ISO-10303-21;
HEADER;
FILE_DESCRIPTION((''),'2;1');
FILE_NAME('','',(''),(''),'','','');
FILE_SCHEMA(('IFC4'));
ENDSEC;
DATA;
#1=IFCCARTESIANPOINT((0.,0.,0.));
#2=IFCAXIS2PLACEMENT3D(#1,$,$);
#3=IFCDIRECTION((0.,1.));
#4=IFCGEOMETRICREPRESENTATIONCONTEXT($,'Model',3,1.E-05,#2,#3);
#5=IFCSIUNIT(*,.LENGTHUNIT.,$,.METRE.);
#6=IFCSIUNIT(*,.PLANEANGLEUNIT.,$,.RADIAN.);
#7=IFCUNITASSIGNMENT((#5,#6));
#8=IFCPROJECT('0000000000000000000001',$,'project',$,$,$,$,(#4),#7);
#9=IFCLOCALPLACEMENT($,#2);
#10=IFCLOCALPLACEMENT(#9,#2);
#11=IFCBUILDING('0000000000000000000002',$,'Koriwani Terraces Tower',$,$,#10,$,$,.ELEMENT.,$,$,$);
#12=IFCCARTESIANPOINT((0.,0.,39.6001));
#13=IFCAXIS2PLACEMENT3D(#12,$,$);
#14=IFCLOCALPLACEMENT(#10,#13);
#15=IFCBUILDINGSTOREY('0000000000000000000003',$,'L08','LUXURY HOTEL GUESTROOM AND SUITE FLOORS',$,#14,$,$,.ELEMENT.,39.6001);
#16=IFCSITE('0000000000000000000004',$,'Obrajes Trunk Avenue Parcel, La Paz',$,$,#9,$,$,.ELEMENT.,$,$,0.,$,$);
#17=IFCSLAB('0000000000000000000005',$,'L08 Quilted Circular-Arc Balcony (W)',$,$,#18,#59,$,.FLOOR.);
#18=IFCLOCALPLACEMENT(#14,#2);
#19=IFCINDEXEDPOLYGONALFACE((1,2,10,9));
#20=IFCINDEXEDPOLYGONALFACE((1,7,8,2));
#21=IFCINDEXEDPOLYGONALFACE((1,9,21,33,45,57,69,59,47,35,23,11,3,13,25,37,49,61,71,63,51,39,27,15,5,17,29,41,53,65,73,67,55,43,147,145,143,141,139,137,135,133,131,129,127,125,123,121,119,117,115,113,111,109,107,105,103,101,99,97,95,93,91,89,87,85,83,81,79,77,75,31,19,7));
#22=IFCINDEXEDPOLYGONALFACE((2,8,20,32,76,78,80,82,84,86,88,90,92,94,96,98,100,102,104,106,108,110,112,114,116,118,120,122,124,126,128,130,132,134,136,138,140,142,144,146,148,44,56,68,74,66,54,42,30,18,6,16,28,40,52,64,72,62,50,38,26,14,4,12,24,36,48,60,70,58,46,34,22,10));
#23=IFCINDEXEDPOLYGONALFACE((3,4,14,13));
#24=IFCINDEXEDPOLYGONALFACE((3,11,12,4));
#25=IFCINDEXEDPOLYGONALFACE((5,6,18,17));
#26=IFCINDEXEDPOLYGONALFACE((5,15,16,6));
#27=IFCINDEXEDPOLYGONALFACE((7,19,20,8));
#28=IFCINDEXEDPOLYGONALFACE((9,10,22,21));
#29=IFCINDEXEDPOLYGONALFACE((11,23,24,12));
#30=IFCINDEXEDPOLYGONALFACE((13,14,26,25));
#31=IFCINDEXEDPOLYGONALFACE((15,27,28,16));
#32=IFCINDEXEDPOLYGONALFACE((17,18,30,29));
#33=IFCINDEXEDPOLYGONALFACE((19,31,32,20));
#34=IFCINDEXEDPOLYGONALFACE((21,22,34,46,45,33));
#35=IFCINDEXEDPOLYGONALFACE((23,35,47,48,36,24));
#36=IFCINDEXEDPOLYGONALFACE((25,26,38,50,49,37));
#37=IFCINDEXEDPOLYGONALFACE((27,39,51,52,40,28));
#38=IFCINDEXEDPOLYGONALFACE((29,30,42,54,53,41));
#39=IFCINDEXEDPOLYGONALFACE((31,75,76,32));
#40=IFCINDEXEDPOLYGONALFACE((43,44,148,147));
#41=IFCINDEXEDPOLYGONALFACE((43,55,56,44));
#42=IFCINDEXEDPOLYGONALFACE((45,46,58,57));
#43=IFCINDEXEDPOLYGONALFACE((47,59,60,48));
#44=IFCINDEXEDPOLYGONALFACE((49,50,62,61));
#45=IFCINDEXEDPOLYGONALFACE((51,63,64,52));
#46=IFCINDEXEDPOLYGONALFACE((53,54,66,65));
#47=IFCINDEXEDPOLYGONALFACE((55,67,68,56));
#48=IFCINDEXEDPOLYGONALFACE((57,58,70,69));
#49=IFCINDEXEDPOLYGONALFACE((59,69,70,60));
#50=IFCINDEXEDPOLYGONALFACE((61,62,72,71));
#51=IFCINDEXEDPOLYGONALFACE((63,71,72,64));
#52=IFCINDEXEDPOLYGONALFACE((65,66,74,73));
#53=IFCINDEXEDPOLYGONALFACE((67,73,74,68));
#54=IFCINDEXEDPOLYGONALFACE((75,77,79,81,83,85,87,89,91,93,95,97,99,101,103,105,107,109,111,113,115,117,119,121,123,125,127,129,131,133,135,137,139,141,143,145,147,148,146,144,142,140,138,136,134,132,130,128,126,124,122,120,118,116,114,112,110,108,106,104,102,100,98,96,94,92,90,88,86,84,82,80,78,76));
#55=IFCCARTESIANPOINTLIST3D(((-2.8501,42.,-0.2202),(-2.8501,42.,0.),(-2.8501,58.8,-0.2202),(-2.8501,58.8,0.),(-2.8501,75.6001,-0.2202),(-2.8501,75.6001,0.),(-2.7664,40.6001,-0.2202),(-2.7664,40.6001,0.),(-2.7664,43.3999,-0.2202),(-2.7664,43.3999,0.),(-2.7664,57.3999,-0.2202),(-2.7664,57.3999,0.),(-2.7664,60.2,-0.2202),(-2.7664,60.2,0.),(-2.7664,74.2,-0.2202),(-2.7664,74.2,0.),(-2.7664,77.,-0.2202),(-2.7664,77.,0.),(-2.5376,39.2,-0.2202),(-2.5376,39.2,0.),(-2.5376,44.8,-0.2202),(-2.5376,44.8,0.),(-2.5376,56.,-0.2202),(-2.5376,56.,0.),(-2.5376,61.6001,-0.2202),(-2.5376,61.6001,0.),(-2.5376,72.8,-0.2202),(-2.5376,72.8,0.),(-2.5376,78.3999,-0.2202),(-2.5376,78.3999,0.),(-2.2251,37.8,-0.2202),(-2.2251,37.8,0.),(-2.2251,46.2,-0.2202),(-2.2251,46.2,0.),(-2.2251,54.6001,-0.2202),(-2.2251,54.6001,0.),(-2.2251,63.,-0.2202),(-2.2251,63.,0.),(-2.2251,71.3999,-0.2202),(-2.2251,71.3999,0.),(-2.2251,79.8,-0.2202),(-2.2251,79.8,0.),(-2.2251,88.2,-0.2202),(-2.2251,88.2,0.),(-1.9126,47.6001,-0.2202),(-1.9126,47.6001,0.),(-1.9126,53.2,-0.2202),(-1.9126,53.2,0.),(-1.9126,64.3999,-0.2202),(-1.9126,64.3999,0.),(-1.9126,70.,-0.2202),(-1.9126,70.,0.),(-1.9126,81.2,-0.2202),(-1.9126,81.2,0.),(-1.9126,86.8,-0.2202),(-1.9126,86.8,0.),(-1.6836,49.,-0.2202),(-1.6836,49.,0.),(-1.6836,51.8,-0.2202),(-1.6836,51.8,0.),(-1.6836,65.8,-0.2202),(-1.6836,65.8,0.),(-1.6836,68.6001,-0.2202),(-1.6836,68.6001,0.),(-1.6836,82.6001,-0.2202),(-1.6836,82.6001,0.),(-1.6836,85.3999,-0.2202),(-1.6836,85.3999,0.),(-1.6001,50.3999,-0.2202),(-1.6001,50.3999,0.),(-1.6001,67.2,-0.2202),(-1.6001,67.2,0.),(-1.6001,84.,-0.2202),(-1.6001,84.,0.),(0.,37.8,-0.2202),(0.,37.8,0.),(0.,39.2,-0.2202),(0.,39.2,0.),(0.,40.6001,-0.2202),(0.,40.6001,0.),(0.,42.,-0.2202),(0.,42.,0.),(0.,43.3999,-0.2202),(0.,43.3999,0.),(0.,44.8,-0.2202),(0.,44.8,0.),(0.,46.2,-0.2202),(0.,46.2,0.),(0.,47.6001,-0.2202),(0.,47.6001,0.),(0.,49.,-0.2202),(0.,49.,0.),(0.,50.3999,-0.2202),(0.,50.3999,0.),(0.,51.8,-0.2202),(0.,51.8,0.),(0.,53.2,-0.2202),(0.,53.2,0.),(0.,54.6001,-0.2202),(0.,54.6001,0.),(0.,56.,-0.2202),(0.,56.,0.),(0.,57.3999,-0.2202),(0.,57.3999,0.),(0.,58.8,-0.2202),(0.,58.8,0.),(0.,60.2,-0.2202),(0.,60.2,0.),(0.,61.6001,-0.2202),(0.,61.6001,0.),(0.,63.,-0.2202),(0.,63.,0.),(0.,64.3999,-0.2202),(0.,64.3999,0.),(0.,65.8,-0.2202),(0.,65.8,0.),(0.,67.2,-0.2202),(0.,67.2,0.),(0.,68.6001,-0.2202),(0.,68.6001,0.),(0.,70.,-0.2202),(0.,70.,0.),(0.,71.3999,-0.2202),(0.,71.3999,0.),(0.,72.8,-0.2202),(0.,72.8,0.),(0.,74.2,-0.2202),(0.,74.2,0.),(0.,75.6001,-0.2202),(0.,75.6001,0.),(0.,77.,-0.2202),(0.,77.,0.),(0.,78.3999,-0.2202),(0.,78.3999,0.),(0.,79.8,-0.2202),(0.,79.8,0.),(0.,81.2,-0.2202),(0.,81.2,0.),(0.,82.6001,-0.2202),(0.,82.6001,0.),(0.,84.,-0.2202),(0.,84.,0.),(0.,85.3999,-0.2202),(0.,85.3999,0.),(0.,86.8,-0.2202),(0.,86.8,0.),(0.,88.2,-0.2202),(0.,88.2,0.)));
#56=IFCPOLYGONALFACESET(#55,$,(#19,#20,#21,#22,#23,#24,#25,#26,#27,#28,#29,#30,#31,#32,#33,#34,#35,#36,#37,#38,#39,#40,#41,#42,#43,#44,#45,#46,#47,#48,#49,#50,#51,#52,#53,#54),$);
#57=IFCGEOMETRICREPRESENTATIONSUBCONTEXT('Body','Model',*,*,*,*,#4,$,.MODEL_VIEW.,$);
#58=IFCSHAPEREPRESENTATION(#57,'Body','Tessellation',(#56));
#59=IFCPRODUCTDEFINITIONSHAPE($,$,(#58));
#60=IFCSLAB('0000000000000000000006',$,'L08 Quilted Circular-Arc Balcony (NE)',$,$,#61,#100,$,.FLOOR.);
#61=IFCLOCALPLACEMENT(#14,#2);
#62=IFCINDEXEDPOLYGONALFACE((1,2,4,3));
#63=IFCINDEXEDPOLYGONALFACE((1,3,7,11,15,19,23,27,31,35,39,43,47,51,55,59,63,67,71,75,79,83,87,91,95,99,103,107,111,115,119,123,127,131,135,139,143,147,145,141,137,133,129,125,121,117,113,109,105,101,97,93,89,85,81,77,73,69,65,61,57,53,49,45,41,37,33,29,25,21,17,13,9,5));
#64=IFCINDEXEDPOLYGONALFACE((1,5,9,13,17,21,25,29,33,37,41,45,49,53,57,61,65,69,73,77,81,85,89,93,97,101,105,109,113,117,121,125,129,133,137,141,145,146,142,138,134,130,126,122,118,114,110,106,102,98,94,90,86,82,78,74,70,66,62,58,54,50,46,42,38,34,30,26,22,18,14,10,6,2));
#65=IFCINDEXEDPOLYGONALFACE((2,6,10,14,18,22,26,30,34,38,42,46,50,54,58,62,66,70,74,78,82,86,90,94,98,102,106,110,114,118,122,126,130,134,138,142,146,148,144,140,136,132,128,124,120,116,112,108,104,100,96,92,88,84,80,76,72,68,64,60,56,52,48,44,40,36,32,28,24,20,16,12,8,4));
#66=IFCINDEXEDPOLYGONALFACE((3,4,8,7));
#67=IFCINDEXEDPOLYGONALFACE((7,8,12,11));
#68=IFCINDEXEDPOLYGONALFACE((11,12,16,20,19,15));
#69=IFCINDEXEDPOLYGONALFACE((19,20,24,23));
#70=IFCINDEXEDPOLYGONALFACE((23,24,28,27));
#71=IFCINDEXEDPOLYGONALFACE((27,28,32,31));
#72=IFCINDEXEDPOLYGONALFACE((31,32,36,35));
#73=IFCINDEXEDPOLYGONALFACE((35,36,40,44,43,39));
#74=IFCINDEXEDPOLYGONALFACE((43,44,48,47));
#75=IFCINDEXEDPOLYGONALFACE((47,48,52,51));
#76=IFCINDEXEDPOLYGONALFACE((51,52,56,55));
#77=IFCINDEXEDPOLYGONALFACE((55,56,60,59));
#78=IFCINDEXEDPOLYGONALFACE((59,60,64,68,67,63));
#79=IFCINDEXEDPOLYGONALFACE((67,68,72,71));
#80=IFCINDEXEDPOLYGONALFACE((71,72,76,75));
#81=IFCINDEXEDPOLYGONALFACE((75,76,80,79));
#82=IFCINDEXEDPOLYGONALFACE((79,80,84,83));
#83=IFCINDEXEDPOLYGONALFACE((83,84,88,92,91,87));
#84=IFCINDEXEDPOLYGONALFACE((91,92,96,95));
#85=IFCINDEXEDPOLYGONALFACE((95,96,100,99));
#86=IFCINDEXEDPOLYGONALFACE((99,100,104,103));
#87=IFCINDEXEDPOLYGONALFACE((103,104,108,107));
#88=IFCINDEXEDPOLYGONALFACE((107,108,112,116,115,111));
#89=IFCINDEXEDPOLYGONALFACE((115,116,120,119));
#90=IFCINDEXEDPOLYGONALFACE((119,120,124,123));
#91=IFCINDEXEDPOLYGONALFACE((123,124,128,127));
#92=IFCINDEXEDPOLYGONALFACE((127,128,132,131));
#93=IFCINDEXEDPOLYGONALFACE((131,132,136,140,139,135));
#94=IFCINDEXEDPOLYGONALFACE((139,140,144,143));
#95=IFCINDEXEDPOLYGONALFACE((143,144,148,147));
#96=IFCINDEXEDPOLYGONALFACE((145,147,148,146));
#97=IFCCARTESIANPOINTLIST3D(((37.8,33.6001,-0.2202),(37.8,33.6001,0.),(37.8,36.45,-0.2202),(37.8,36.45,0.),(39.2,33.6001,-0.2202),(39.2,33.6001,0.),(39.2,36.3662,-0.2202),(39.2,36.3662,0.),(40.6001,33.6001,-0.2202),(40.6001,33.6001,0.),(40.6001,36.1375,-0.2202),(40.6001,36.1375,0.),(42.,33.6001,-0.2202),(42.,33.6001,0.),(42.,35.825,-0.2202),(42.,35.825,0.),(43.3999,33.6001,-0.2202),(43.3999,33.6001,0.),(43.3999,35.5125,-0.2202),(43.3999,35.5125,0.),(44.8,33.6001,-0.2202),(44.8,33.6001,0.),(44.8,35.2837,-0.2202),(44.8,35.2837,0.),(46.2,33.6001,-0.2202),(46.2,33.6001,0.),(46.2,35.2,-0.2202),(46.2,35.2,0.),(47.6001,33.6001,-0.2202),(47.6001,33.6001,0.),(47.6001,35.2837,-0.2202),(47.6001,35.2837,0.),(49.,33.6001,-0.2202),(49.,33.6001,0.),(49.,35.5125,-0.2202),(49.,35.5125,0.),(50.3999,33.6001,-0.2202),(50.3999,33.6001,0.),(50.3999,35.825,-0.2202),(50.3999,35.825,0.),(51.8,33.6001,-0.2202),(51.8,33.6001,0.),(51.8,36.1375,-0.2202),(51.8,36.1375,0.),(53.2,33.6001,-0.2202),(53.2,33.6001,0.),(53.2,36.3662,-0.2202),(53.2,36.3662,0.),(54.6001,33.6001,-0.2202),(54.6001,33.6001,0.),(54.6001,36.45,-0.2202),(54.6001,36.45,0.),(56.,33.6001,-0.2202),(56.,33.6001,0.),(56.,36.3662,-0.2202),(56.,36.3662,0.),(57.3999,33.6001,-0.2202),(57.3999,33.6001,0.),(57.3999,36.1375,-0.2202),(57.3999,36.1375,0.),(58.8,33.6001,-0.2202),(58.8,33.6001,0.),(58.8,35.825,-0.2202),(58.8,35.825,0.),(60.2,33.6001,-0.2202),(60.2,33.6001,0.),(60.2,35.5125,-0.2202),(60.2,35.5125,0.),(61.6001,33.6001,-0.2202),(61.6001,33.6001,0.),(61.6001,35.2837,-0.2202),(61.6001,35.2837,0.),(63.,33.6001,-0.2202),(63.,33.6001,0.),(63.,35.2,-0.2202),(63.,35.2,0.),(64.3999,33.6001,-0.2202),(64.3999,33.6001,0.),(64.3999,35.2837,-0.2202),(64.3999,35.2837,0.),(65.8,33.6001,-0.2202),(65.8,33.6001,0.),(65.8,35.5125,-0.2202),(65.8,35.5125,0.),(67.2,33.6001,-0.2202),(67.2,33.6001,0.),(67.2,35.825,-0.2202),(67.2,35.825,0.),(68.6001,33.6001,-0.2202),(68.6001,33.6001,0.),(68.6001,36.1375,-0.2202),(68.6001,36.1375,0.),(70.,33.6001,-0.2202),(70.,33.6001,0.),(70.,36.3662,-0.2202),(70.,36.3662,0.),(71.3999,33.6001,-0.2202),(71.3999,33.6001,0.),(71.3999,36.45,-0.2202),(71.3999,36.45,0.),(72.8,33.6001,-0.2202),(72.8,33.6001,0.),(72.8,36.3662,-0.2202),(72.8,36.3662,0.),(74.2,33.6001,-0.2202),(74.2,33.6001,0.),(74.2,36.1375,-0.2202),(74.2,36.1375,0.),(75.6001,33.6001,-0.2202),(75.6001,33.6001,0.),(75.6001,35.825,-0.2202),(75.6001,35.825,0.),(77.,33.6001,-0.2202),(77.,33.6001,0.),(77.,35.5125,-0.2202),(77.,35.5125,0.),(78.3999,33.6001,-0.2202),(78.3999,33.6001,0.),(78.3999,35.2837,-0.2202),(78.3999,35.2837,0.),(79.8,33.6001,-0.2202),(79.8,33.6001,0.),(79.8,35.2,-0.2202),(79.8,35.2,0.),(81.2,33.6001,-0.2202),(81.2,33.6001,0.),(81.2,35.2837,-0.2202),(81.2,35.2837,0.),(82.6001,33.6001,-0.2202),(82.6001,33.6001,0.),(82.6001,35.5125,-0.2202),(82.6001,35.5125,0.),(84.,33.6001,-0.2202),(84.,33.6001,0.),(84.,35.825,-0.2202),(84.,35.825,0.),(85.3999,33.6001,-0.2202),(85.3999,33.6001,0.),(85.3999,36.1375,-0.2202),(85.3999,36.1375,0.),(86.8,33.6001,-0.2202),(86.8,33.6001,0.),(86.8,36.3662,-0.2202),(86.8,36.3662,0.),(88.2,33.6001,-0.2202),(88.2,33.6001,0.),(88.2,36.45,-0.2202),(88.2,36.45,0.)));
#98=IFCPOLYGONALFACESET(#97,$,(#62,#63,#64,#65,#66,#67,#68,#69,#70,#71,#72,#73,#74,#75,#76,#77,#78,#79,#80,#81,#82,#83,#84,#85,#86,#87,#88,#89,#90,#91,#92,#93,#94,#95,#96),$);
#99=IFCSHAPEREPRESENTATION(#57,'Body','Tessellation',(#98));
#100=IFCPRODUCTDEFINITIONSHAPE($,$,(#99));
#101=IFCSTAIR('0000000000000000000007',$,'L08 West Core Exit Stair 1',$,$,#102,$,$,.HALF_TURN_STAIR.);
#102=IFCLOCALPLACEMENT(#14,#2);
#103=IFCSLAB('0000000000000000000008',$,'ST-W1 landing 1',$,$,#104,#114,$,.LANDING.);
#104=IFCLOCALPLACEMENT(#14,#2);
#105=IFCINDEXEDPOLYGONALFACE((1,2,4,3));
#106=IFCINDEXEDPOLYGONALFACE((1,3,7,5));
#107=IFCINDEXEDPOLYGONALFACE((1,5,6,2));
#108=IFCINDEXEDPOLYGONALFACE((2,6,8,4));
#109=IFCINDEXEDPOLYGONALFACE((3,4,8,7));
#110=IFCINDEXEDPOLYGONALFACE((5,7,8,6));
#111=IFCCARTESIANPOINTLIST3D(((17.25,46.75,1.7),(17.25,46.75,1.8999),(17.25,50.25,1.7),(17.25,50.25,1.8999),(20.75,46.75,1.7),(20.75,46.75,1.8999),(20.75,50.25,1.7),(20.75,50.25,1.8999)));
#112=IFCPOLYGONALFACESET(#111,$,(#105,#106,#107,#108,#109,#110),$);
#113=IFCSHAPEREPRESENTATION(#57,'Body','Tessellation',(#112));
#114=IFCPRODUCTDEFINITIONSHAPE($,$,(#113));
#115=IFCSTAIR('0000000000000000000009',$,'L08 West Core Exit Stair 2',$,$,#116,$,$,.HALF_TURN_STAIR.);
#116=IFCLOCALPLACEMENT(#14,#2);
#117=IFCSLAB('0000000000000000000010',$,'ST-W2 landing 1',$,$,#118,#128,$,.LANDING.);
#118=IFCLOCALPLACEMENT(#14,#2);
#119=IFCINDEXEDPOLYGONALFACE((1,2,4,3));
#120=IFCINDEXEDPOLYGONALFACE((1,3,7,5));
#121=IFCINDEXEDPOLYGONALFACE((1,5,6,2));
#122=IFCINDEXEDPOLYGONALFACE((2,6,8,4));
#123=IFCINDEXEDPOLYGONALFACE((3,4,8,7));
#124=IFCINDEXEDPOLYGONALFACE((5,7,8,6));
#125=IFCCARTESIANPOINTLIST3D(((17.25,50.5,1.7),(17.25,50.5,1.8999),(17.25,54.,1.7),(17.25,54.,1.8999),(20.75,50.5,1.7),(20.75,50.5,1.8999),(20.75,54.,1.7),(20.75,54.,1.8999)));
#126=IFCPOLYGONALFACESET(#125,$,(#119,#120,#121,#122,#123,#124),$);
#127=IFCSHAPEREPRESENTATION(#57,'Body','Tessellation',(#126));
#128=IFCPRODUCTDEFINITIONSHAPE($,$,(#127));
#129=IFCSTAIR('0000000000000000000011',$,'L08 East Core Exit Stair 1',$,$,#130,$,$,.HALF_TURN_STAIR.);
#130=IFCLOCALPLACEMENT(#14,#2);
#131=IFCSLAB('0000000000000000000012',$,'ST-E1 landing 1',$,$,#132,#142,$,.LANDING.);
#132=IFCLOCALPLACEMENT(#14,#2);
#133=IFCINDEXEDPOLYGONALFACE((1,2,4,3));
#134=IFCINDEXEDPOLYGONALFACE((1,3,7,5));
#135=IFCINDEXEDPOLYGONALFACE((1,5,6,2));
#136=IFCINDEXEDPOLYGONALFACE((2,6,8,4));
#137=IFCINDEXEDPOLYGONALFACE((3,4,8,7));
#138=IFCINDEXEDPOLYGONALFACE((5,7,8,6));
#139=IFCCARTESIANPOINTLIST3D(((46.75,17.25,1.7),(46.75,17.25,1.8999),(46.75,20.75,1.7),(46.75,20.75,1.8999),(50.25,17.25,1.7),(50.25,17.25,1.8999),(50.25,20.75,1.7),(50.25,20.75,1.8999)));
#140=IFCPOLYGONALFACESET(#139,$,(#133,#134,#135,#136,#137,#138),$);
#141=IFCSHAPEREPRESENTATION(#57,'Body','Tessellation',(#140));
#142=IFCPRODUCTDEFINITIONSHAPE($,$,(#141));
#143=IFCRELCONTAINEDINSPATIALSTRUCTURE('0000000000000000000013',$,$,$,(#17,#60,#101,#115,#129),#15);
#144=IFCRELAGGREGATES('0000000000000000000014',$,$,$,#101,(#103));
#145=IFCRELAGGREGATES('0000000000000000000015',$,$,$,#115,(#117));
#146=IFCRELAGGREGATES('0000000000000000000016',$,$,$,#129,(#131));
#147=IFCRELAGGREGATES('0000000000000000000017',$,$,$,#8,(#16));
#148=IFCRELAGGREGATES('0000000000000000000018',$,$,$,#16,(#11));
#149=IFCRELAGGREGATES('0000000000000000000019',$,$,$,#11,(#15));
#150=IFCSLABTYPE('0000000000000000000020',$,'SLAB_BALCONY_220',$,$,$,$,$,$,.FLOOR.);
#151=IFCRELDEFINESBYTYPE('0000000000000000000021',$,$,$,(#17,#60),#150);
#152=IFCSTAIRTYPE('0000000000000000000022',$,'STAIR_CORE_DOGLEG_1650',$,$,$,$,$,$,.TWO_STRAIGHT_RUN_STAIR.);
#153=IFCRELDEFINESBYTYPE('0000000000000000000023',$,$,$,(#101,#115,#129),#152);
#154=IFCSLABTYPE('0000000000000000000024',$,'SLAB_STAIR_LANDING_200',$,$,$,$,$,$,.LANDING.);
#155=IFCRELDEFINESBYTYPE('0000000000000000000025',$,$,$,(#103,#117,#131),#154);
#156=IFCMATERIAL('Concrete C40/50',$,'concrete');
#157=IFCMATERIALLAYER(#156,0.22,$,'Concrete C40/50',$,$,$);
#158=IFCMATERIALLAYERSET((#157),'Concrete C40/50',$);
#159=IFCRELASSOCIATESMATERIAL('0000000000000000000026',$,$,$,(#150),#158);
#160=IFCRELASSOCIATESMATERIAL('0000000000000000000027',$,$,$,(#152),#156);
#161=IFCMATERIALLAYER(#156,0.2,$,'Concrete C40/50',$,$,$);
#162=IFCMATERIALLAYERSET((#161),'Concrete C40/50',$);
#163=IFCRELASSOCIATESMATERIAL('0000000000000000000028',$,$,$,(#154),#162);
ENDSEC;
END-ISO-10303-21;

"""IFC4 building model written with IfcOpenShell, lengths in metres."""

from ifc_helpers import new_model, si_unit, direction, frame, origin, place, context, subcontext, project, spatial, polyline, outline, extrude, material, layer, layer_set, type_object, element, aggregate, save


model = new_model("IFC4")

# Units and contexts
model_context = context("Model", 3, precision=1e-05, world=origin(), true_north=direction((0.0, 1.0)))
body_context = subcontext(model_context, "Body", "Model", "MODEL_VIEW")
ifc_project = project(units=[si_unit("LENGTHUNIT", "METRE"), si_unit("PLANEANGLEUNIT", "RADIAN")], contexts=[model_context])

# Site, building, storey
site_placement = place(None, origin())
site = spatial("IfcSite", under=ifc_project, at=site_placement, Name="Obrajes Trunk Avenue Parcel, La Paz", CompositionType="ELEMENT", RefElevation=0.0)
building_placement = place(site_placement, origin())
building = spatial("IfcBuilding", under=site, at=building_placement, Name="Koriwani Terraces Tower", CompositionType="ELEMENT")
storey_placement = place(building_placement, frame((0.0, 0.0, 39.6001)))
storey = spatial("IfcBuildingStorey", under=building, at=storey_placement, Name="L08", Description="LUXURY HOTEL GUESTROOM AND SUITE FLOORS", CompositionType="ELEMENT", Elevation=39.6001)

# Slabs
ifc_material_1 = material(Name="Concrete C40/50", Category="concrete")
ifc_layer_1 = layer(ifc_material_1, 0.22, Name="Concrete C40/50")
ifc_layer_set_1 = layer_set([ifc_layer_1], Name="Concrete C40/50")
slab_type_1 = type_object("IfcSlabType", Name="SLAB_BALCONY_220", PredefinedType="FLOOR", material=ifc_layer_set_1)
slab_1_placement = place(storey_placement, frame((0.0, 0.0, -0.2202)))
element("IfcSlab", 1, at=slab_1_placement, inside=storey, type_object=slab_type_1, Name="L08 Quilted Circular-Arc Balcony (W)", PredefinedType="FLOOR", context=body_context, shape_type="SweptSolid", body=[
    extrude(outline(polyline([(0.0, 37.8), (0.0, 39.2), (0.0, 40.6001), (0.0, 42.0), (0.0, 43.3999), (0.0, 44.8), (0.0, 46.2), (0.0, 47.6001), (0.0, 49.0), (0.0, 50.3999), (0.0, 51.8), (0.0, 53.2), (0.0, 54.6001), (0.0, 56.0), (0.0, 57.3999), (0.0, 58.8), (0.0, 60.2), (0.0, 61.6001), (0.0, 63.0), (0.0, 64.3999), (0.0, 65.8), (0.0, 67.2), (0.0, 68.6001), (0.0, 70.0), (0.0, 71.3999), (0.0, 72.8), (0.0, 74.2), (0.0, 75.6001), (0.0, 77.0), (0.0, 78.3999), (0.0, 79.8), (0.0, 81.2), (0.0, 82.6001), (0.0, 84.0), (0.0, 85.3999), (0.0, 86.8), (0.0, 88.2), (-2.2251, 88.2), (-1.9126, 86.8), (-1.6836, 85.3999), (-1.6001, 84.0), (-1.6836, 82.6001), (-1.9126, 81.2), (-2.2251, 79.8), (-2.5376, 78.3999), (-2.7664, 77.0), (-2.8501, 75.6001), (-2.7664, 74.2), (-2.5376, 72.8), (-2.2251, 71.3999), (-1.9126, 70.0), (-1.6836, 68.6001), (-1.6001, 67.2), (-1.6836, 65.8), (-1.9126, 64.3999), (-2.2251, 63.0), (-2.5376, 61.6001), (-2.7664, 60.2), (-2.8501, 58.8), (-2.7664, 57.3999), (-2.5376, 56.0), (-2.2251, 54.6001), (-1.9126, 53.2), (-1.6836, 51.8), (-1.6001, 50.3999), (-1.6836, 49.0), (-1.9126, 47.6001), (-2.2251, 46.2), (-2.5376, 44.8), (-2.7664, 43.3999), (-2.8501, 42.0), (-2.7664, 40.6001), (-2.5376, 39.2), (-2.2251, 37.8), (0.0, 37.8)])), origin(), (0.0, 0.0, 1.0), 0.2202),
])
slab_2_placement = place(storey_placement, frame((0.0, 0.0, -0.2202)))
element("IfcSlab", 2, at=slab_2_placement, inside=storey, type_object=slab_type_1, Name="L08 Quilted Circular-Arc Balcony (NE)", PredefinedType="FLOOR", context=body_context, shape_type="SweptSolid", body=[
    extrude(outline(polyline([(88.2, 33.6001), (86.8, 33.6001), (85.3999, 33.6001), (84.0, 33.6001), (82.6001, 33.6001), (81.2, 33.6001), (79.8, 33.6001), (78.3999, 33.6001), (77.0, 33.6001), (75.6001, 33.6001), (74.2, 33.6001), (72.8, 33.6001), (71.3999, 33.6001), (70.0, 33.6001), (68.6001, 33.6001), (67.2, 33.6001), (65.8, 33.6001), (64.3999, 33.6001), (63.0, 33.6001), (61.6001, 33.6001), (60.2, 33.6001), (58.8, 33.6001), (57.3999, 33.6001), (56.0, 33.6001), (54.6001, 33.6001), (53.2, 33.6001), (51.8, 33.6001), (50.3999, 33.6001), (49.0, 33.6001), (47.6001, 33.6001), (46.2, 33.6001), (44.8, 33.6001), (43.3999, 33.6001), (42.0, 33.6001), (40.6001, 33.6001), (39.2, 33.6001), (37.8, 33.6001), (37.8, 36.45), (39.2, 36.3662), (40.6001, 36.1375), (42.0, 35.825), (43.3999, 35.5125), (44.8, 35.2837), (46.2, 35.2), (47.6001, 35.2837), (49.0, 35.5125), (50.3999, 35.825), (51.8, 36.1375), (53.2, 36.3662), (54.6001, 36.45), (56.0, 36.3662), (57.3999, 36.1375), (58.8, 35.825), (60.2, 35.5125), (61.6001, 35.2837), (63.0, 35.2), (64.3999, 35.2837), (65.8, 35.5125), (67.2, 35.825), (68.6001, 36.1375), (70.0, 36.3662), (71.3999, 36.45), (72.8, 36.3662), (74.2, 36.1375), (75.6001, 35.825), (77.0, 35.5125), (78.3999, 35.2837), (79.8, 35.2), (81.2, 35.2837), (82.6001, 35.5125), (84.0, 35.825), (85.3999, 36.1375), (86.8, 36.3662), (88.2, 36.45), (88.2, 33.6001)])), origin(), (0.0, 0.0, 1.0), 0.2202),
])

# Stairs, slabs
stair_type = type_object("IfcStairType", Name="STAIR_CORE_DOGLEG_1650", PredefinedType="TWO_STRAIGHT_RUN_STAIR", material=ifc_material_1)
stair_1_placement = place(storey_placement, origin())
stair_1 = element("IfcStair", 3, at=stair_1_placement, inside=storey, type_object=stair_type, Name="L08 West Core Exit Stair 1", PredefinedType="HALF_TURN_STAIR")
ifc_layer_2 = layer(ifc_material_1, 0.2, Name="Concrete C40/50")
ifc_layer_set_2 = layer_set([ifc_layer_2], Name="Concrete C40/50")
slab_type_2 = type_object("IfcSlabType", Name="SLAB_STAIR_LANDING_200", PredefinedType="LANDING", material=ifc_layer_set_2)
slab_3_placement = place(storey_placement, frame((0.0, 0.0, 1.7)))
slab_3 = element("IfcSlab", 4, at=slab_3_placement, type_object=slab_type_2, Name="ST-W1 landing 1", PredefinedType="LANDING", context=body_context, shape_type="SweptSolid", body=[
    extrude(outline(polyline([(20.75, 46.75), (20.75, 50.25), (17.25, 50.25), (17.25, 46.75), (20.75, 46.75)])), origin(), (0.0, 0.0, 1.0), 0.2),
])
aggregate(stair_1, [slab_3])
stair_2_placement = place(storey_placement, origin())
stair_2 = element("IfcStair", 5, at=stair_2_placement, inside=storey, type_object=stair_type, Name="L08 West Core Exit Stair 2", PredefinedType="HALF_TURN_STAIR")
slab_4_placement = place(storey_placement, frame((0.0, 0.0, 1.7)))
slab_4 = element("IfcSlab", 6, at=slab_4_placement, type_object=slab_type_2, Name="ST-W2 landing 1", PredefinedType="LANDING", context=body_context, shape_type="SweptSolid", body=[
    extrude(outline(polyline([(17.25, 54.0), (17.25, 50.5), (20.75, 50.5), (20.75, 54.0), (17.25, 54.0)])), origin(), (0.0, 0.0, 1.0), 0.2),
])
aggregate(stair_2, [slab_4])
stair_3_placement = place(storey_placement, origin())
stair_3 = element("IfcStair", 7, at=stair_3_placement, inside=storey, type_object=stair_type, Name="L08 East Core Exit Stair 1", PredefinedType="HALF_TURN_STAIR")
slab_5_placement = place(storey_placement, frame((0.0, 0.0, 1.7)))
slab_5 = element("IfcSlab", 8, at=slab_5_placement, type_object=slab_type_2, Name="ST-E1 landing 1", PredefinedType="LANDING", context=body_context, shape_type="SweptSolid", body=[
    extrude(outline(polyline([(46.75, 17.25), (50.25, 17.25), (50.25, 20.75), (46.75, 20.75), (46.75, 17.25)])), origin(), (0.0, 0.0, 1.0), 0.2),
])
aggregate(stair_3, [slab_5])

save(model, "model.ifc")
